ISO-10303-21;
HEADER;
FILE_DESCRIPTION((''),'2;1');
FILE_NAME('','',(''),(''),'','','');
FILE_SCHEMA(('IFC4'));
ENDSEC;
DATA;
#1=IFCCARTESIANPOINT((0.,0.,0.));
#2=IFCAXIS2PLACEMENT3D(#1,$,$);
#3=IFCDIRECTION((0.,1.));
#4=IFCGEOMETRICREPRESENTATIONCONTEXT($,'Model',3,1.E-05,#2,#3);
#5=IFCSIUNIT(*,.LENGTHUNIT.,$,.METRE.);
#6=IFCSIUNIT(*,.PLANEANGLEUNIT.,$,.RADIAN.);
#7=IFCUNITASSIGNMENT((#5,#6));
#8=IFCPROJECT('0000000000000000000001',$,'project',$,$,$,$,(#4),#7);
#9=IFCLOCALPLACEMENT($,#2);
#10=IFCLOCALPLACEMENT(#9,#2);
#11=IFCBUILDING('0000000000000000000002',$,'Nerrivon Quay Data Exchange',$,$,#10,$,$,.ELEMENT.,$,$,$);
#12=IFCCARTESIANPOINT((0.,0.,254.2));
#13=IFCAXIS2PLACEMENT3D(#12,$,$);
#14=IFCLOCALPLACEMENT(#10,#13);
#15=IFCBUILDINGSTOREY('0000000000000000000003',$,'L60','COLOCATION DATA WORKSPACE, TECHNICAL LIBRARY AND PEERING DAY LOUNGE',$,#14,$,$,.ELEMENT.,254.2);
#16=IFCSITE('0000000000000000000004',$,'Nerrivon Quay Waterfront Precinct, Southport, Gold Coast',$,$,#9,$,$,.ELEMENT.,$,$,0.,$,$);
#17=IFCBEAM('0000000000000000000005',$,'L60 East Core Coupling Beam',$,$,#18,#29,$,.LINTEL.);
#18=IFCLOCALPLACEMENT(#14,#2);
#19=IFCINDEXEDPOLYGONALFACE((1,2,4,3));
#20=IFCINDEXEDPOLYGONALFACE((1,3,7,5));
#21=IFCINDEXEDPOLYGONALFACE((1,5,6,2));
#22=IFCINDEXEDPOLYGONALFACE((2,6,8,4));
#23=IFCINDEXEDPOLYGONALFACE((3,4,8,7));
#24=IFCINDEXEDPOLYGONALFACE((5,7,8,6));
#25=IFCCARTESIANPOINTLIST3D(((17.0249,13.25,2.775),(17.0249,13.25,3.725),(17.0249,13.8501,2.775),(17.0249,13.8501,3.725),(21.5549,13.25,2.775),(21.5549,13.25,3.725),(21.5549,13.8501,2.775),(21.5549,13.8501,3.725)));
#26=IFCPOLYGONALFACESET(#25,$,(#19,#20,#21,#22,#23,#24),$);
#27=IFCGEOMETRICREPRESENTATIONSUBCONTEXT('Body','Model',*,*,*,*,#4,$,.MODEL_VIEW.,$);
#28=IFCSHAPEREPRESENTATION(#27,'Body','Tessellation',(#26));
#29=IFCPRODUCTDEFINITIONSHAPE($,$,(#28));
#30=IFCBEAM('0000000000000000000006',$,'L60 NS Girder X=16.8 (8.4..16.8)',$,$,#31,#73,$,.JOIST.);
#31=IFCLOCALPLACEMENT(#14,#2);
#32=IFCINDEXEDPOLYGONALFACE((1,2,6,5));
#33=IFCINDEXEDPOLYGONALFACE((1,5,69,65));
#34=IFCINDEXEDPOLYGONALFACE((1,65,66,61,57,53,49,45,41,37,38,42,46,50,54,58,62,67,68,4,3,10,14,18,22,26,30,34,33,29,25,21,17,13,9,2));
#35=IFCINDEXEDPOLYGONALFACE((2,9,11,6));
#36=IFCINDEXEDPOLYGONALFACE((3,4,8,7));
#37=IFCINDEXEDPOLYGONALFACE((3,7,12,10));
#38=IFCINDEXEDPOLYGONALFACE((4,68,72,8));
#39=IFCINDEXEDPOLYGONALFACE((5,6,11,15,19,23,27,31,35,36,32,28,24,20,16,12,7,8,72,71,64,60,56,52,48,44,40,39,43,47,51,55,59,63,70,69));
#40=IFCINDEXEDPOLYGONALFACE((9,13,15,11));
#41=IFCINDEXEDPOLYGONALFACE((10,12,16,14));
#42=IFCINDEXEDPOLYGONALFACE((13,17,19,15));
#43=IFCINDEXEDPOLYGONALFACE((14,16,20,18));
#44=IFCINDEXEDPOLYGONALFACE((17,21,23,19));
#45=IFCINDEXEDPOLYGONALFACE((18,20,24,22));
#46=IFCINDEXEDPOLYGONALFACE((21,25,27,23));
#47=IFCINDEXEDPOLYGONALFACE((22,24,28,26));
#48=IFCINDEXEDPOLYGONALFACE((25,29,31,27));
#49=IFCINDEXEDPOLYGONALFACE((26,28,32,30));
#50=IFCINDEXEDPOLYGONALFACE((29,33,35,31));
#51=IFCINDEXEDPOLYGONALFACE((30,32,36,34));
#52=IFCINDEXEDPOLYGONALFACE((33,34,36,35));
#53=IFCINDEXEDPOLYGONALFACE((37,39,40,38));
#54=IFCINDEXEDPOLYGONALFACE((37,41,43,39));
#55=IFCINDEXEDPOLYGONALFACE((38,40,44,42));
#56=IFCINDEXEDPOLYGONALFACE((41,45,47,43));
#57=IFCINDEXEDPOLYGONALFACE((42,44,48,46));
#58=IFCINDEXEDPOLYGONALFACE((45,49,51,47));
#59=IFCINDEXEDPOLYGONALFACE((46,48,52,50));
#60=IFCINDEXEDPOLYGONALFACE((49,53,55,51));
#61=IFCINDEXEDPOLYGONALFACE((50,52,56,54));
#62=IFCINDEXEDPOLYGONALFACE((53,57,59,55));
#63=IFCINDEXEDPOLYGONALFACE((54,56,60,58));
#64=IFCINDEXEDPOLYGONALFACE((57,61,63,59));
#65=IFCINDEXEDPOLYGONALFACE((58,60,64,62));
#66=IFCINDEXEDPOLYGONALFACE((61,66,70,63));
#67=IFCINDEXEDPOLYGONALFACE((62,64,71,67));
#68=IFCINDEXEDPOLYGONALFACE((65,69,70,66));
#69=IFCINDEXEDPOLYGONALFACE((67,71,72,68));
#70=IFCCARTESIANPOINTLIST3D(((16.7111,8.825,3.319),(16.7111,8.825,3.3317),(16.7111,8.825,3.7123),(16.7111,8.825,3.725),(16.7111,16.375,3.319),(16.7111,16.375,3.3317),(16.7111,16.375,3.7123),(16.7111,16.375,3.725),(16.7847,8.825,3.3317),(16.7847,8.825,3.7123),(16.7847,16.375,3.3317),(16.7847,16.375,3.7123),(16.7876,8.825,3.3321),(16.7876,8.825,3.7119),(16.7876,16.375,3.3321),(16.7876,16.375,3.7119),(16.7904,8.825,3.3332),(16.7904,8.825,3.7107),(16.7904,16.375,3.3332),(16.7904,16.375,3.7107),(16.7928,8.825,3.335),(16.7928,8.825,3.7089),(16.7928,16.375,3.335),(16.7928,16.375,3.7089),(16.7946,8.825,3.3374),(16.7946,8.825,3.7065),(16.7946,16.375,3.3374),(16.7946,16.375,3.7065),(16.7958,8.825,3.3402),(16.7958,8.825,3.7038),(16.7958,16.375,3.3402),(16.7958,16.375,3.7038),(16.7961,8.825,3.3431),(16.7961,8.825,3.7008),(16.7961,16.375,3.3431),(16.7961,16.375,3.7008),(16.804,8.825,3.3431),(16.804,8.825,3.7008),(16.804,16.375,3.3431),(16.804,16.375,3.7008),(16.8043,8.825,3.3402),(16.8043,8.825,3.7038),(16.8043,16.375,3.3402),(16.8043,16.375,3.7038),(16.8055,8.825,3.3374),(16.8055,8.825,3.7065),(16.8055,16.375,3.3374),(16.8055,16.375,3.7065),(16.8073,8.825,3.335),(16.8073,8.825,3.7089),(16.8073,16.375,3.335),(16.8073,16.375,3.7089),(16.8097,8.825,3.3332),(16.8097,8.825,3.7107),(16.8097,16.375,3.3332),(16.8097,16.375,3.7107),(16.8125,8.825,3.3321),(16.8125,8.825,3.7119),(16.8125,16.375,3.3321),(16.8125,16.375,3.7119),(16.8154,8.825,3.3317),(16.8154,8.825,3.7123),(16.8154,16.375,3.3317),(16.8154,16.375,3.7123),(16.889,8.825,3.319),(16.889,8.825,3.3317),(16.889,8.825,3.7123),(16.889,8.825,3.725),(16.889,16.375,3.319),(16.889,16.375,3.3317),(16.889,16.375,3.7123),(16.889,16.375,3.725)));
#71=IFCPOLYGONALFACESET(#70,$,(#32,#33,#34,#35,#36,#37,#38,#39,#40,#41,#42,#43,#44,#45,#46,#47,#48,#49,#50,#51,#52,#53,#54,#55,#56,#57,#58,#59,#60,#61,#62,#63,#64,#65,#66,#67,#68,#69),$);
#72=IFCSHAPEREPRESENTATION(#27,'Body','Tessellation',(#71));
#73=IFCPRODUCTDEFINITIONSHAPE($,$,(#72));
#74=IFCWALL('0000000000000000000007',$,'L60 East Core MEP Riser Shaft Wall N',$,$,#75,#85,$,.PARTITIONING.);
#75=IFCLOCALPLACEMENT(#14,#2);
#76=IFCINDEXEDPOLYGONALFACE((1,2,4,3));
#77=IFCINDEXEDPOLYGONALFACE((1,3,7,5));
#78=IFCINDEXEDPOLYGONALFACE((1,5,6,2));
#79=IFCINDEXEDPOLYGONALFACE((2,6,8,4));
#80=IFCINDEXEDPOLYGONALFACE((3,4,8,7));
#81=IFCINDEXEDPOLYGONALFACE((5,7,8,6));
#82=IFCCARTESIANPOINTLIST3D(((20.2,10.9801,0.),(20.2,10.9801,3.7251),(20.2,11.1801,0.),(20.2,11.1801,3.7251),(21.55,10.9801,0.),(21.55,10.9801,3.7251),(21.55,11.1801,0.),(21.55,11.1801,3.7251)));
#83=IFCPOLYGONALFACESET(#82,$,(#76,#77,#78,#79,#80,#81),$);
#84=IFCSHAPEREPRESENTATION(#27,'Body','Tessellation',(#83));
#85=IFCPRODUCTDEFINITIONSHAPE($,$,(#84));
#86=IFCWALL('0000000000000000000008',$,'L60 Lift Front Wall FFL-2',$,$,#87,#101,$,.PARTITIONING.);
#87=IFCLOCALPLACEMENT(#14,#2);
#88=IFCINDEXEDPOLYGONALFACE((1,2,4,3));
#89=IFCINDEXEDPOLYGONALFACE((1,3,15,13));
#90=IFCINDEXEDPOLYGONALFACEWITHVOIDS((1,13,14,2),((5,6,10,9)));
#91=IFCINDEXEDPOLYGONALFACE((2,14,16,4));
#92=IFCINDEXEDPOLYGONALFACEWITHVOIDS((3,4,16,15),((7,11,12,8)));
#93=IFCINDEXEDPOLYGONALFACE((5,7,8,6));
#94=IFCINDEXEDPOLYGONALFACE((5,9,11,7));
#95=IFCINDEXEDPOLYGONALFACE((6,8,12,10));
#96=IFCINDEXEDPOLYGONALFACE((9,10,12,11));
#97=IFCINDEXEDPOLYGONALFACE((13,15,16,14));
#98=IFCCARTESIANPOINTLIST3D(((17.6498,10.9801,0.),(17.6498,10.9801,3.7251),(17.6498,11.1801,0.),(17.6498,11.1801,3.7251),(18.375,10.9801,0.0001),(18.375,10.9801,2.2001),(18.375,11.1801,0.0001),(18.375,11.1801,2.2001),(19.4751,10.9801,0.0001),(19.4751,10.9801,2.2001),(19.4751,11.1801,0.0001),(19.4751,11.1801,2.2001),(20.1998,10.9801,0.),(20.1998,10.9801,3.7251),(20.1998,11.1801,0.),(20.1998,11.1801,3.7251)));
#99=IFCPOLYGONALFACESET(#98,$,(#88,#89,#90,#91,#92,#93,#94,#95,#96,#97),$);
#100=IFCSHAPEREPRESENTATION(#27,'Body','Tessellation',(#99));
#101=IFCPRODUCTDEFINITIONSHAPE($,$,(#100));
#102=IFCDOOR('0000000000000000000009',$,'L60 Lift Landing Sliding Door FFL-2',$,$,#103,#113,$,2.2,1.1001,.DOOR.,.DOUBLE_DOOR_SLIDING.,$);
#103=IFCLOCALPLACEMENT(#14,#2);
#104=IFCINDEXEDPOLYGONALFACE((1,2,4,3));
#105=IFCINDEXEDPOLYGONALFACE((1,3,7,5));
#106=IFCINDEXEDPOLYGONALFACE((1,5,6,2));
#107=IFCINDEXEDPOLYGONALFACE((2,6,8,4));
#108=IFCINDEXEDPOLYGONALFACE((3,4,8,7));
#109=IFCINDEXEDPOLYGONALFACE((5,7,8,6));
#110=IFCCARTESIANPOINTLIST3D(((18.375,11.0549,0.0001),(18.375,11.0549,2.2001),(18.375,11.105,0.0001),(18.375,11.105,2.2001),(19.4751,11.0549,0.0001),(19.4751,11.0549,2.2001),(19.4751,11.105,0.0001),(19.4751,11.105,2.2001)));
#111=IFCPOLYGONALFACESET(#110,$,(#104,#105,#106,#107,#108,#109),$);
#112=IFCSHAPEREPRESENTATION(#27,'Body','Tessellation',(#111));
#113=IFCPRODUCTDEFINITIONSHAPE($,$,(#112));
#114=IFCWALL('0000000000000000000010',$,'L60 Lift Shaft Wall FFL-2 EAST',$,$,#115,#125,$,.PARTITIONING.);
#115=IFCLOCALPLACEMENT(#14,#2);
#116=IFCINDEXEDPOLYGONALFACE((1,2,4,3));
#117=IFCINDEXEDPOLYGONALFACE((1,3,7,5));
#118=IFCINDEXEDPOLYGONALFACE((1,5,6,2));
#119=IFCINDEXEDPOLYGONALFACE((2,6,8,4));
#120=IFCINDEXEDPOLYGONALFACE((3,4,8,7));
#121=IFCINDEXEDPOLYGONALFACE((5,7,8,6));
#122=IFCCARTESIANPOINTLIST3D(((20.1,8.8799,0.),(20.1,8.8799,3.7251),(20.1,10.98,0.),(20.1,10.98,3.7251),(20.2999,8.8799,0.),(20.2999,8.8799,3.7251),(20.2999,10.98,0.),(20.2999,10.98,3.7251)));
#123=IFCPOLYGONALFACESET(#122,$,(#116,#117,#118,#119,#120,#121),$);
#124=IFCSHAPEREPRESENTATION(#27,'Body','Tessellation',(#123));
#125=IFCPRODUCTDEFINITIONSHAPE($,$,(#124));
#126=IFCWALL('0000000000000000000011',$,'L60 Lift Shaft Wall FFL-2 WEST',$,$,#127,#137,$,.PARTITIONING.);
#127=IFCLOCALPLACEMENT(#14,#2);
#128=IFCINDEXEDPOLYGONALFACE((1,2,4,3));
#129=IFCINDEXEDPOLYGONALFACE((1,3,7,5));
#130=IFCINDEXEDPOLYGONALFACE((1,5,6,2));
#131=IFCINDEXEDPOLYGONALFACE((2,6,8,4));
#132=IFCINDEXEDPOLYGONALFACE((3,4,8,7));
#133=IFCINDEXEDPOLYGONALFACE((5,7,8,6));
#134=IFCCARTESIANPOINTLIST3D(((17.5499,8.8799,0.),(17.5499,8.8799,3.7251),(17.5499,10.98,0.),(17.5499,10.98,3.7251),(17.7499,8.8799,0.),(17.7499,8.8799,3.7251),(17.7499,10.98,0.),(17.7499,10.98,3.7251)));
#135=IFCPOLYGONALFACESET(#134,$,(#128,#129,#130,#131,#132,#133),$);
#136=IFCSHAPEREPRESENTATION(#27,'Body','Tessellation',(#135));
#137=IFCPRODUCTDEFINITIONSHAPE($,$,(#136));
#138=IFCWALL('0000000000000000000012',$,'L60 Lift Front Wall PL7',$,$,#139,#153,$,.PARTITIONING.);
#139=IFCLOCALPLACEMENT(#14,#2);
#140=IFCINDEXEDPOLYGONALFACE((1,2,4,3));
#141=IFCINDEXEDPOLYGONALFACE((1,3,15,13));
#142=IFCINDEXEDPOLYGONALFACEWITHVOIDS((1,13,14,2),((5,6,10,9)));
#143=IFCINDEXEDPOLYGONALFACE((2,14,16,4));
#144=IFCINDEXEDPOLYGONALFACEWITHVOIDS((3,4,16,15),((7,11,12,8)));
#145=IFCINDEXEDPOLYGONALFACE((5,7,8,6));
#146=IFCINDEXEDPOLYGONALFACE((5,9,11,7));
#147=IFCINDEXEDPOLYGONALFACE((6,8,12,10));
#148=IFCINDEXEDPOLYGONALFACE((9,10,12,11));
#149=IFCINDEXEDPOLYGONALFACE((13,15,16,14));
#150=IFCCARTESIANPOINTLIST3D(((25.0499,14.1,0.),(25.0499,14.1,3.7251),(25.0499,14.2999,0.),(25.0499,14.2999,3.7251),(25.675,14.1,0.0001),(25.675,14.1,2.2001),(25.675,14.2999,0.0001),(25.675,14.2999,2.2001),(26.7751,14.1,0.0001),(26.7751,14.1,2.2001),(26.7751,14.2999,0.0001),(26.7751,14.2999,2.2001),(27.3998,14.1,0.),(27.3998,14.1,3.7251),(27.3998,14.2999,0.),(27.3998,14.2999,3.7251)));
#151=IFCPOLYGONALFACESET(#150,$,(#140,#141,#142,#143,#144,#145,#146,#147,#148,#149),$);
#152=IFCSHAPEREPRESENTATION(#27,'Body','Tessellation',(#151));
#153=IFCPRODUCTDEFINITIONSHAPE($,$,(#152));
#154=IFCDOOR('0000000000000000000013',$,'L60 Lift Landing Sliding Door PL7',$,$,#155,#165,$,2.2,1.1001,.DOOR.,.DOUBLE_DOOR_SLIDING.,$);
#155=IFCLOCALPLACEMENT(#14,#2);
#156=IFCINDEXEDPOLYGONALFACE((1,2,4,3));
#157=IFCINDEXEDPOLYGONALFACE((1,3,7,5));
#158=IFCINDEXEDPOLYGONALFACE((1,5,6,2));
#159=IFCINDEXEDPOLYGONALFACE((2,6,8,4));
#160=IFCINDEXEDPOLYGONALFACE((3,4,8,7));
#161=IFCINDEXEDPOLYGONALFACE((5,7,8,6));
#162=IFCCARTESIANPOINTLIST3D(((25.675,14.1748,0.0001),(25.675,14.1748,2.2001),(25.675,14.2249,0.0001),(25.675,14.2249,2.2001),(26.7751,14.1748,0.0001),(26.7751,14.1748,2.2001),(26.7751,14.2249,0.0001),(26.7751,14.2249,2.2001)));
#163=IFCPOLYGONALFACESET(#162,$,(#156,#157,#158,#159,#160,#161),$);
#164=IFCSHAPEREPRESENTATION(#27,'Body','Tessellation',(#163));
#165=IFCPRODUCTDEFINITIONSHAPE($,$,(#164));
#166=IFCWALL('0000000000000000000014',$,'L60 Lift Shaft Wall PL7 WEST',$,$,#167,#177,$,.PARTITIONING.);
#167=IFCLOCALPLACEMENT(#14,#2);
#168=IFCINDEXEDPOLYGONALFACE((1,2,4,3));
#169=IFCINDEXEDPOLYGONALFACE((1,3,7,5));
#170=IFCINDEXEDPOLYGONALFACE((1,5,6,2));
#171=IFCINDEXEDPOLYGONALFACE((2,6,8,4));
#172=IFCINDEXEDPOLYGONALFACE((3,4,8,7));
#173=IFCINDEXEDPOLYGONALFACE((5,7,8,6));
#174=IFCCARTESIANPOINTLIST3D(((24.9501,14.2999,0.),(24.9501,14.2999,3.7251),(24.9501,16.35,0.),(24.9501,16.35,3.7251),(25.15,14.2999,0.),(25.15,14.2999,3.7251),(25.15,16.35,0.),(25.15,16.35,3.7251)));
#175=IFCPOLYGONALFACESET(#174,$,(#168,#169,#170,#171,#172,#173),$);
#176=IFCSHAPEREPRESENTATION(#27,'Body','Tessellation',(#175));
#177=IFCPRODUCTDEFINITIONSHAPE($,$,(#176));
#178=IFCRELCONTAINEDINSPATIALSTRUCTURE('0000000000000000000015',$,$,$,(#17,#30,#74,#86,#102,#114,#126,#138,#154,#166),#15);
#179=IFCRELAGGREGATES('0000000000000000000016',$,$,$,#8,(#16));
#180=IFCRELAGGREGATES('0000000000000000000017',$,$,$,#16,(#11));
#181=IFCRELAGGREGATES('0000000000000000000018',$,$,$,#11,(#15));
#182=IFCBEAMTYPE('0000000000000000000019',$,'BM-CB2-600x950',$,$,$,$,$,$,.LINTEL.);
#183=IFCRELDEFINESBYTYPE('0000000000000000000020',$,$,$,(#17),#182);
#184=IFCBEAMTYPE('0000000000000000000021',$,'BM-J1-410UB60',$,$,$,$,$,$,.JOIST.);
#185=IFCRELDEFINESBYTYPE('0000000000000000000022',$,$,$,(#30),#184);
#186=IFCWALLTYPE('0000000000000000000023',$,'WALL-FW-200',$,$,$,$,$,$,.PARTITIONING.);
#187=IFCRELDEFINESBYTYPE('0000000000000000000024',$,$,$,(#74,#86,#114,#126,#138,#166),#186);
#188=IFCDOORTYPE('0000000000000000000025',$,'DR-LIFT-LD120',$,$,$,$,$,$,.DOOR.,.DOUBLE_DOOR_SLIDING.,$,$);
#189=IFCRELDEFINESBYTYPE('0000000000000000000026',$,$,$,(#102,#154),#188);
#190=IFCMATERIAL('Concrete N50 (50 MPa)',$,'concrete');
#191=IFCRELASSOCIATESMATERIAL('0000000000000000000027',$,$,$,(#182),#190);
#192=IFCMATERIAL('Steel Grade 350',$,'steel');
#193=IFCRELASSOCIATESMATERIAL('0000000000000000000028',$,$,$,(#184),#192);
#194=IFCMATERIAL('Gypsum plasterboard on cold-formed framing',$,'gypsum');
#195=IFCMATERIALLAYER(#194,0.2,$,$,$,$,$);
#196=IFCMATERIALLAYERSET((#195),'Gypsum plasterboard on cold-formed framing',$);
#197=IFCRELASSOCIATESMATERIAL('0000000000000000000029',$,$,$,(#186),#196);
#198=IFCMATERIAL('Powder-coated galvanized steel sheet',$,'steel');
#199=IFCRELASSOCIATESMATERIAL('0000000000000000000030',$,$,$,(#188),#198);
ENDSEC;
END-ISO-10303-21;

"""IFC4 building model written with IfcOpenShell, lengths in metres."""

from ifc_helpers import new_model, si_unit, direction, frame, frame_2d, origin, origin_2d, place, context, subcontext, project, spatial, rectangle, i_section, extrude, material, layer, layer_set, material_profile, profile_set, type_object, element, fill, save


model = new_model("IFC4")

# Units and contexts
model_context = context("Model", 3, precision=1e-05, world=origin(), true_north=direction((0.0, 1.0)))
body_context = subcontext(model_context, "Body", "Model", "MODEL_VIEW")
ifc_project = project(units=[si_unit("LENGTHUNIT", "METRE"), si_unit("PLANEANGLEUNIT", "RADIAN")], contexts=[model_context])

# Site, building, storey
site_placement = place(None, origin())
site = spatial("IfcSite", under=ifc_project, at=site_placement, Name="Nerrivon Quay Waterfront Precinct, Southport, Gold Coast", CompositionType="ELEMENT", RefElevation=0.0)
building_placement = place(site_placement, origin())
building = spatial("IfcBuilding", under=site, at=building_placement, Name="Nerrivon Quay Data Exchange", CompositionType="ELEMENT")
storey_placement = place(building_placement, frame((0.0, 0.0, 254.2)))
storey = spatial("IfcBuildingStorey", under=building, at=storey_placement, Name="L60", Description="COLOCATION DATA WORKSPACE, TECHNICAL LIBRARY AND PEERING DAY LOUNGE", CompositionType="ELEMENT", Elevation=254.2)

# Beams
ifc_material_1 = material(Name="Concrete N50 (50 MPa)", Category="concrete")
ifc_material_profile_1 = material_profile(ifc_material_1, rectangle(XDim=0.6001, YDim=0.95, at=origin_2d()), Name="RC-CB-600x950")
ifc_profile_set_1 = profile_set([ifc_material_profile_1], Name="Concrete N50 (50 MPa)")
beam_type_1 = type_object("IfcBeamType", Name="BM-CB2-600x950", PredefinedType="LINTEL", material=ifc_profile_set_1)
beam_1_placement = place(storey_placement, frame((17.0249, 13.55, 3.25), z_axis=(1.0, 0.0, 0.0), x_axis=(0.0, 1.0, 0.0)))
element("IfcBeam", 1, at=beam_1_placement, inside=storey, type_object=beam_type_1, Name="L60 East Core Coupling Beam", PredefinedType="LINTEL", context=body_context, shape_type="SweptSolid", body=[
    extrude(rectangle(XDim=0.6001, YDim=0.95, at=origin_2d()), origin(), (0.0, 0.0, 1.0), 4.53),
])
ifc_material_2 = material(Name="Steel Grade 350", Category="steel")
ifc_material_profile_2 = material_profile(ifc_material_2, i_section(OverallWidth=0.178, OverallDepth=0.406, WebThickness=0.0078, FlangeThickness=0.0127, FilletRadius=0.0115, at=origin_2d()), Name="410UB59.7")
ifc_profile_set_2 = profile_set([ifc_material_profile_2], Name="Steel Grade 350")
beam_type_2 = type_object("IfcBeamType", Name="BM-J1-410UB60", PredefinedType="JOIST", material=ifc_profile_set_2)
beam_2_placement = place(storey_placement, frame((16.8, 8.825, 3.522), z_axis=(0.0, 1.0, 0.0), x_axis=(-1.0, 0.0, 0.0)))
element("IfcBeam", 2, at=beam_2_placement, inside=storey, type_object=beam_type_2, Name="L60 NS Girder X=16.8 (8.4..16.8)", PredefinedType="JOIST", context=body_context, shape_type="SweptSolid", body=[
    extrude(i_section(OverallWidth=0.178, OverallDepth=0.406, WebThickness=0.0078, FlangeThickness=0.0127, FilletRadius=0.0115, at=origin_2d()), origin(), (0.0, 0.0, 1.0), 7.55),
])

# Shared definitions
ifc_material_3 = material(Name="Powder-coated galvanized steel sheet", Category="steel")

# Wall
ifc_material_4 = material(Name="Gypsum plasterboard on cold-formed framing", Category="gypsum")
ifc_layer_1 = layer(ifc_material_4, 0.2)
ifc_layer_set_1 = layer_set([ifc_layer_1], Name="Gypsum plasterboard on cold-formed framing")
wall_type_1 = type_object("IfcWallType", Name="WALL-FW-200", PredefinedType="PARTITIONING", material=ifc_layer_set_1)
wall_1_placement = place(storey_placement, frame((20.2, 11.0801, 0.0), z_axis=(0.0, 0.0, 1.0), x_axis=(1.0, 0.0, 0.0)))
element("IfcWall", 3, at=wall_1_placement, inside=storey, type_object=wall_type_1, Name="L60 East Core MEP Riser Shaft Wall N", PredefinedType="PARTITIONING", context=body_context, shape_type="SweptSolid", body=[
    extrude(rectangle(XDim=1.3501, YDim=0.2, at=frame_2d((0.675, 0.0))), origin(), (0.0, 0.0, 1.0), 3.7251),
])

# Wall, opening, door
wall_2_placement = place(storey_placement, frame((17.6499, 11.0801, 0.0), z_axis=(0.0, 0.0, 1.0), x_axis=(1.0, 0.0, 0.0)))
wall_2 = element("IfcWall", 4, at=wall_2_placement, inside=storey, type_object=wall_type_1, Name="L60 Lift Front Wall FFL-2", PredefinedType="PARTITIONING", context=body_context, shape_type="SweptSolid", body=[
    extrude(rectangle(XDim=2.55, YDim=0.2, at=frame_2d((1.2749, 0.0))), origin(), (0.0, 0.0, 1.0), 3.7251),
])
opening_1_placement = place(wall_2_placement, frame((0.7251, 0.0, 0.0)))
opening_1 = element("IfcOpeningElement", 5, at=opening_1_placement, cuts=wall_2, PredefinedType="OPENING", context=body_context, shape_type="SweptSolid", body=[
    extrude(rectangle(XDim=1.1001, YDim=2.2, at=frame_2d((0.55, 1.1001))), frame((0.0, 0.1099, 0.0), z_axis=(0.0, -1.0, 0.0), x_axis=(1.0, 0.0, 0.0)), (0.0, 0.0, 1.0), 0.22),
])
door_type_1 = type_object("IfcDoorType", Name="DR-LIFT-LD120", OperationType="DOUBLE_DOOR_SLIDING", PredefinedType="DOOR", material=ifc_material_3)
door_1_placement = place(opening_1_placement, origin())
door_1 = element("IfcDoor", 6, at=door_1_placement, inside=storey, type_object=door_type_1, Name="L60 Lift Landing Sliding Door FFL-2", OperationType="DOUBLE_DOOR_SLIDING", OverallHeight=2.2, OverallWidth=1.1001, PredefinedType="DOOR", context=body_context, shape_type="SweptSolid", body=[
    extrude(rectangle(XDim=1.1001, YDim=2.2, at=frame_2d((0.55, 1.1001))), frame((0.0, 0.0249, 0.0), z_axis=(0.0, -1.0, 0.0), x_axis=(1.0, 0.0, 0.0)), (0.0, 0.0, 1.0), 0.05),
])
fill(opening_1, door_1)

# Walls
for number, where, z_axis, x_axis, name in (
    (7, (20.2, 8.8799, 0.0), (0.0, 0.0, 1.0), (0.0, 1.0, 0.0), "L60 Lift Shaft Wall FFL-2 EAST"),
    (8, (17.6499, 8.8799, 0.0), (0.0, 0.0, 1.0), (0.0, 1.0, 0.0), "L60 Lift Shaft Wall FFL-2 WEST"),
):
    element("IfcWall", number, at=place(storey_placement, frame(where, z_axis=z_axis, x_axis=x_axis)), inside=storey, type_object=wall_type_1, Name=name, PredefinedType="PARTITIONING", context=body_context, shape_type="SweptSolid", body=[
        extrude(rectangle(XDim=2.1001, YDim=0.2, at=frame_2d((1.05, 0.0))), origin(), (0.0, 0.0, 1.0), 3.7251),
    ])

# Wall, opening, door
wall_3_placement = place(storey_placement, frame((25.05, 14.2, 0.0), z_axis=(0.0, 0.0, 1.0), x_axis=(1.0, 0.0, 0.0)))
wall_3 = element("IfcWall", 9, at=wall_3_placement, inside=storey, type_object=wall_type_1, Name="L60 Lift Front Wall PL7", PredefinedType="PARTITIONING", context=body_context, shape_type="SweptSolid", body=[
    extrude(rectangle(XDim=2.3499, YDim=0.2, at=frame_2d((1.1748, 0.0))), origin(), (0.0, 0.0, 1.0), 3.7251),
])
opening_2_placement = place(wall_3_placement, frame((0.625, 0.0, 0.0)))
opening_2 = element("IfcOpeningElement", 10, at=opening_2_placement, cuts=wall_3, PredefinedType="OPENING", context=body_context, shape_type="SweptSolid", body=[
    extrude(rectangle(XDim=1.1001, YDim=2.2, at=frame_2d((0.55, 1.1001))), frame((0.0, 0.1099, 0.0), z_axis=(0.0, -1.0, 0.0), x_axis=(1.0, 0.0, 0.0)), (0.0, 0.0, 1.0), 0.22),
])
door_2_placement = place(opening_2_placement, origin())
door_2 = element("IfcDoor", 11, at=door_2_placement, inside=storey, type_object=door_type_1, Name="L60 Lift Landing Sliding Door PL7", OperationType="DOUBLE_DOOR_SLIDING", OverallHeight=2.2, OverallWidth=1.1001, PredefinedType="DOOR", context=body_context, shape_type="SweptSolid", body=[
    extrude(rectangle(XDim=1.1001, YDim=2.2, at=frame_2d((0.55, 1.1001))), frame((0.0, 0.0249, 0.0), z_axis=(0.0, -1.0, 0.0), x_axis=(1.0, 0.0, 0.0)), (0.0, 0.0, 1.0), 0.05),
])
fill(opening_2, door_2)

# Wall
wall_4_placement = place(storey_placement, frame((25.05, 14.3, 0.0), z_axis=(0.0, 0.0, 1.0), x_axis=(0.0, 1.0, 0.0)))
element("IfcWall", 12, at=wall_4_placement, inside=storey, type_object=wall_type_1, Name="L60 Lift Shaft Wall PL7 WEST", PredefinedType="PARTITIONING", context=body_context, shape_type="SweptSolid", body=[
    extrude(rectangle(XDim=2.05, YDim=0.2, at=frame_2d((1.0249, 0.0))), origin(), (0.0, 0.0, 1.0), 3.7251),
])

save(model, "model.ifc")
